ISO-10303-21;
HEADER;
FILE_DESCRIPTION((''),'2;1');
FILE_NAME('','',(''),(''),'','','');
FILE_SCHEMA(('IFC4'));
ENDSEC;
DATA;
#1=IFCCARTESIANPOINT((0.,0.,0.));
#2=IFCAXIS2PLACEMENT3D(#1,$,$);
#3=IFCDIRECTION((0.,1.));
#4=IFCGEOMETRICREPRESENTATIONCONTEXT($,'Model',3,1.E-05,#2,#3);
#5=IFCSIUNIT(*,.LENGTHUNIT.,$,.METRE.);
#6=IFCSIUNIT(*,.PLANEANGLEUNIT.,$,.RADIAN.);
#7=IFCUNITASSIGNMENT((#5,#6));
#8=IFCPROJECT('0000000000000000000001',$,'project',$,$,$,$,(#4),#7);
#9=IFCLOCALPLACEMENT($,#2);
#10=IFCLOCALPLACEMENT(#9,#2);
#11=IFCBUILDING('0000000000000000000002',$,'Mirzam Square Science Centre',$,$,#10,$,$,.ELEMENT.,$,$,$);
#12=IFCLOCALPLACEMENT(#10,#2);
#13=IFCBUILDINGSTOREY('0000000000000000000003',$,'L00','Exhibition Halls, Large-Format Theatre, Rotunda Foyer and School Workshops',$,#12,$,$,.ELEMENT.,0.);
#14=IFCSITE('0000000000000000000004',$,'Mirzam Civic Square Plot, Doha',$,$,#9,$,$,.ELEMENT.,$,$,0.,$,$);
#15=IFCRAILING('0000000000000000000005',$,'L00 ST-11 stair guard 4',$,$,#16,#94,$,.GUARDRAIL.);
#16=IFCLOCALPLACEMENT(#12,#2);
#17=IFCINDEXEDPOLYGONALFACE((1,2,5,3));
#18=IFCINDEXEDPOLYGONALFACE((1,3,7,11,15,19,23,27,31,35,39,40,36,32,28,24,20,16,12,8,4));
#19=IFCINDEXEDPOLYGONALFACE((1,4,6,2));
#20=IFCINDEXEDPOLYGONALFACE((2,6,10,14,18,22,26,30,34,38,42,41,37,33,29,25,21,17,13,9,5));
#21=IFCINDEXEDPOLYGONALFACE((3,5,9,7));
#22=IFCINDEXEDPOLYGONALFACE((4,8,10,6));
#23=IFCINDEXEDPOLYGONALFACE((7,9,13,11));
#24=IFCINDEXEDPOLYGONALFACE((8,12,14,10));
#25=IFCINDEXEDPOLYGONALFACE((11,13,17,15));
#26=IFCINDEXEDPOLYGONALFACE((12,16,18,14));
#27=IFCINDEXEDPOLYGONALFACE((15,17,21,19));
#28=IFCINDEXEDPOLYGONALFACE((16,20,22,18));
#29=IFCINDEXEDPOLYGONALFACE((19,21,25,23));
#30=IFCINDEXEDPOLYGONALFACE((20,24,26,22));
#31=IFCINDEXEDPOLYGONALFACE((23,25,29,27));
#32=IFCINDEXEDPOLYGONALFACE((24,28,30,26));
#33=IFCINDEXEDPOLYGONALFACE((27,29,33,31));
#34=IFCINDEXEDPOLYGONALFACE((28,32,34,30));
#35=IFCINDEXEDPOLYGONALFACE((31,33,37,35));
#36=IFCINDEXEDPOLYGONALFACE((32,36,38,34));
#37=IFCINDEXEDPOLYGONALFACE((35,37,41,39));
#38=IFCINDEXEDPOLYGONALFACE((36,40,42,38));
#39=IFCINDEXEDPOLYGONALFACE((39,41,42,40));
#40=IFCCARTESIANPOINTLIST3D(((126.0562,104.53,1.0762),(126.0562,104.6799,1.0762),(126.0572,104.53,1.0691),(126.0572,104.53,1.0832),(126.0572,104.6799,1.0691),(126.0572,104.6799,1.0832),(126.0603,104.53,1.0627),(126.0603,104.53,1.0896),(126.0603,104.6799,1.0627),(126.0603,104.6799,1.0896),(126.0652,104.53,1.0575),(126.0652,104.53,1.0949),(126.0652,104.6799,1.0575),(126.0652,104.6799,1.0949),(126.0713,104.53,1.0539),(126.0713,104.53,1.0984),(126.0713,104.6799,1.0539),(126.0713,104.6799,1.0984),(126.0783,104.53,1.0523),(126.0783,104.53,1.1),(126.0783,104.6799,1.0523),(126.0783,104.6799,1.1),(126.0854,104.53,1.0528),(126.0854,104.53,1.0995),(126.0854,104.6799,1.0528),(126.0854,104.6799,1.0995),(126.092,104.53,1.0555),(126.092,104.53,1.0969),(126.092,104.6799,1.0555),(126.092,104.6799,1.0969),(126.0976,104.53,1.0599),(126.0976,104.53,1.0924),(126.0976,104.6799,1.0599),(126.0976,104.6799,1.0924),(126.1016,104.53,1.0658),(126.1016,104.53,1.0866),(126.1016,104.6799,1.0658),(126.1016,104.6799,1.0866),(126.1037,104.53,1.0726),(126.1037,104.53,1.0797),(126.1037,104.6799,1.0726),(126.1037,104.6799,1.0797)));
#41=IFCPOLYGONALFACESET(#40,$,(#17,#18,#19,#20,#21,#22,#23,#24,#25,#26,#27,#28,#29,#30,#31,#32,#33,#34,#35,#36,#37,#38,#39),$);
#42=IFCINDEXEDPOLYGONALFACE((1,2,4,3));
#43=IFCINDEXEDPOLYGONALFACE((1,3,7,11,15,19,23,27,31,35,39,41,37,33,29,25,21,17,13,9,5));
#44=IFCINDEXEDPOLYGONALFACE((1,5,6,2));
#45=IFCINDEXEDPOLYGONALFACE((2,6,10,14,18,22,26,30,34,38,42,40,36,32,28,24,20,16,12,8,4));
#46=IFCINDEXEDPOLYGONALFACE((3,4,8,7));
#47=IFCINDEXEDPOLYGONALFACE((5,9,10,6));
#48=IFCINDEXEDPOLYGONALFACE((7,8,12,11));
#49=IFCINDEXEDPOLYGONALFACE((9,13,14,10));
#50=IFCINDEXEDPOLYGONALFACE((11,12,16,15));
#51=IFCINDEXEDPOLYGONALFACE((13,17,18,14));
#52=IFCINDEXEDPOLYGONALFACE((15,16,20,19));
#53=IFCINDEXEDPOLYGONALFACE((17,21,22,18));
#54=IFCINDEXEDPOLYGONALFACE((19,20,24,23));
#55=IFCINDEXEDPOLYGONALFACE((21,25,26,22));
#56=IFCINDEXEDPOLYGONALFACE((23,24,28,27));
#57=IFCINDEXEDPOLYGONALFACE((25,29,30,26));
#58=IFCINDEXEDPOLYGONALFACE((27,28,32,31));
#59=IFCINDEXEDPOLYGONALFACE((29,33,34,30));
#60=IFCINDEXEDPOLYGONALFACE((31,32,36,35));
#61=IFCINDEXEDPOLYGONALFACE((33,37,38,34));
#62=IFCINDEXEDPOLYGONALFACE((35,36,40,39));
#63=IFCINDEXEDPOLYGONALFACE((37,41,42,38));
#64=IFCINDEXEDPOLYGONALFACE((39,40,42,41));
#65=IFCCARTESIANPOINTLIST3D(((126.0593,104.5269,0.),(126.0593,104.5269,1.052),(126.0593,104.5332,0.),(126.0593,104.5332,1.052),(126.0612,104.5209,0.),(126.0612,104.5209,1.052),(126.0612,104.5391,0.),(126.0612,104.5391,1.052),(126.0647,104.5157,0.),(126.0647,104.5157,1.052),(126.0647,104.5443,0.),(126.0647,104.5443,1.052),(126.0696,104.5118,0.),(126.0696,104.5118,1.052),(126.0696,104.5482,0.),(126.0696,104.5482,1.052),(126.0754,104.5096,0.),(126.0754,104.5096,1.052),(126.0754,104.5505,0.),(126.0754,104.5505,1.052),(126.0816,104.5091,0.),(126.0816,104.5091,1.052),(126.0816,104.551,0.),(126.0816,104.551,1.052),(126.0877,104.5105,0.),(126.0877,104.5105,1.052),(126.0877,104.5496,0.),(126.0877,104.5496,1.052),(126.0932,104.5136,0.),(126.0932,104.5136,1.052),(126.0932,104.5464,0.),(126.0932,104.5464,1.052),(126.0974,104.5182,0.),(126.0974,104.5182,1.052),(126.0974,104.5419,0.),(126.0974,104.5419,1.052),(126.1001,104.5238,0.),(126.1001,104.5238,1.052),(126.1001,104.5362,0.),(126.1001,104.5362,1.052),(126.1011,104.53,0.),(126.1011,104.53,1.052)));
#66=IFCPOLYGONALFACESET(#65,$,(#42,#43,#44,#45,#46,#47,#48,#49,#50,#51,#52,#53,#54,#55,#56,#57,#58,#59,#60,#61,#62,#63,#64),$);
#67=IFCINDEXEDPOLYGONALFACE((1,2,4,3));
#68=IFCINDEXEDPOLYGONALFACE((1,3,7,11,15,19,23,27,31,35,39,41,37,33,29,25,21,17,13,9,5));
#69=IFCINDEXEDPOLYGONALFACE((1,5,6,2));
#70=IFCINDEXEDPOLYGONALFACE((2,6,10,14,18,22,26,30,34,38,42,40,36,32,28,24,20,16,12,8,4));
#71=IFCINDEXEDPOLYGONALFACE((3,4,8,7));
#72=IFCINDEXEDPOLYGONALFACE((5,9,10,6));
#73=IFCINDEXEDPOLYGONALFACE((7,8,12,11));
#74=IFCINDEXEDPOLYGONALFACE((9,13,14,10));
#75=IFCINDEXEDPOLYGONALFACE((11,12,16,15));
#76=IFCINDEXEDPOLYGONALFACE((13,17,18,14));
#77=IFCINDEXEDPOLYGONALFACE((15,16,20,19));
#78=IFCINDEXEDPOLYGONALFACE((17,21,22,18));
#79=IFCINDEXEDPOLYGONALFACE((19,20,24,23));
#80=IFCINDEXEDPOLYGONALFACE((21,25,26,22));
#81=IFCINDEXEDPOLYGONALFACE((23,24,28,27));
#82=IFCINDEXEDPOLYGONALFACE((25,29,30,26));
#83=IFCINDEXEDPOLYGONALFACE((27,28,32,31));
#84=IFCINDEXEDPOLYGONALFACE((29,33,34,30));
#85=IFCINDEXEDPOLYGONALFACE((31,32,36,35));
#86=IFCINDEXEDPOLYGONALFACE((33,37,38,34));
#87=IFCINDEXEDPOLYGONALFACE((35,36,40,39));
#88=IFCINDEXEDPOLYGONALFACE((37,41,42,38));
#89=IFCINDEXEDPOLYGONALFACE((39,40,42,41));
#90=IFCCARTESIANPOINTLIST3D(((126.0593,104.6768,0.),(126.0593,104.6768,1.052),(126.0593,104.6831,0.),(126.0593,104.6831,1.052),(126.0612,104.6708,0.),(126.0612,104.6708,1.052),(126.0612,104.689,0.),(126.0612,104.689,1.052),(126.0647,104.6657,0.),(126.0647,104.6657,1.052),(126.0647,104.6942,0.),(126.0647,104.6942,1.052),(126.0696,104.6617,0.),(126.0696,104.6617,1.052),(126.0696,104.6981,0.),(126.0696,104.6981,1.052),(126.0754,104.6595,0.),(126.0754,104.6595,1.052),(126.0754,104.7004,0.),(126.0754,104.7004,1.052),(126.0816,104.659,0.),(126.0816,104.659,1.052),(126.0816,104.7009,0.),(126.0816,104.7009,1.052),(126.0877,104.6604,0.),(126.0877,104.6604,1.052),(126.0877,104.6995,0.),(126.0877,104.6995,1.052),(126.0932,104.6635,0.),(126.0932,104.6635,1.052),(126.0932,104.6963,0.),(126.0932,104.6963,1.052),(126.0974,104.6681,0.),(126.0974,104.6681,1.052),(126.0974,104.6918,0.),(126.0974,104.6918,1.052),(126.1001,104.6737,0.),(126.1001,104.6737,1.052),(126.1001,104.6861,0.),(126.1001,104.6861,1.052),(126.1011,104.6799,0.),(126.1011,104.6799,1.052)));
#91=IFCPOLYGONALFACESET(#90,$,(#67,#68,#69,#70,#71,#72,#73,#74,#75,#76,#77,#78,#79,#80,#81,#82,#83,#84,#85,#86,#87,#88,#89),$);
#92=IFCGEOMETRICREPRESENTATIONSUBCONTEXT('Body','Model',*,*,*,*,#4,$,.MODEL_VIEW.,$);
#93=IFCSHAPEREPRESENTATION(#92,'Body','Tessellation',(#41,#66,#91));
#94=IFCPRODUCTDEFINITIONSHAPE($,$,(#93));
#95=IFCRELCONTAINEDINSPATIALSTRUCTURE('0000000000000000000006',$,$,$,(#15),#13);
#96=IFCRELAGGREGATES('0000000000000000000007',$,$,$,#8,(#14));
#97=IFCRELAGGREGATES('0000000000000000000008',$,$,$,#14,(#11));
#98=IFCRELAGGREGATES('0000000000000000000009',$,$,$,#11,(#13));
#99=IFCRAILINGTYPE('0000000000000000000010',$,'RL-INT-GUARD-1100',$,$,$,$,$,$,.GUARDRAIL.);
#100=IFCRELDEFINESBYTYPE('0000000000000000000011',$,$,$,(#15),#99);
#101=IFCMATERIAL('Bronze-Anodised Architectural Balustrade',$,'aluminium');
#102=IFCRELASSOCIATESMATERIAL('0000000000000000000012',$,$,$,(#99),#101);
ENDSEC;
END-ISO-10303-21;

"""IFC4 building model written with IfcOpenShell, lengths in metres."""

from ifc_helpers import new_model, si_unit, direction, frame, origin, origin_2d, place, context, subcontext, project, spatial, circle, extrude, material, type_object, element, save


model = new_model("IFC4")

# Units and contexts
model_context = context("Model", 3, precision=1e-05, world=origin(), true_north=direction((0.0, 1.0)))
body_context = subcontext(model_context, "Body", "Model", "MODEL_VIEW")
ifc_project = project(units=[si_unit("LENGTHUNIT", "METRE"), si_unit("PLANEANGLEUNIT", "RADIAN")], contexts=[model_context])

# Site, building, storey
site_placement = place(None, origin())
site = spatial("IfcSite", under=ifc_project, at=site_placement, Name="Mirzam Civic Square Plot, Doha", CompositionType="ELEMENT", RefElevation=0.0)
building_placement = place(site_placement, origin())
building = spatial("IfcBuilding", under=site, at=building_placement, Name="Mirzam Square Science Centre", CompositionType="ELEMENT")
storey_placement = place(building_placement, origin())
storey = spatial("IfcBuildingStorey", under=building, at=storey_placement, Name="L00", Description="Exhibition Halls, Large-Format Theatre, Rotunda Foyer and School Workshops", CompositionType="ELEMENT", Elevation=0.0)

# Railing
ifc_material_1 = material(Name="Bronze-Anodised Architectural Balustrade", Category="aluminium")
railing_type_1 = type_object("IfcRailingType", Name="RL-INT-GUARD-1100", PredefinedType="GUARDRAIL", material=ifc_material_1)
railing_1_placement = place(storey_placement, frame((126.0801, 104.53, 0.0)))
element("IfcRailing", 1, at=railing_1_placement, inside=storey, type_object=railing_type_1, Name="L00 ST-11 stair guard 4", PredefinedType="GUARDRAIL", context=body_context, shape_type="SweptSolid", body=[
    extrude(circle(Radius=0.0239, at=origin_2d()), frame((0.0, 0.0, 1.0762), z_axis=(0.0, 1.0, 0.0), x_axis=(-1.0, 0.0, 0.0)), (0.0, 0.0, 1.0), 0.1499),
    extrude(circle(Radius=0.021, at=origin_2d()), origin(), (0.0, 0.0, 1.0), 1.052),
    extrude(circle(Radius=0.021, at=origin_2d()), frame((0.0, 0.1499, 0.0)), (0.0, 0.0, 1.0), 1.052),
])

save(model, "model.ifc")
